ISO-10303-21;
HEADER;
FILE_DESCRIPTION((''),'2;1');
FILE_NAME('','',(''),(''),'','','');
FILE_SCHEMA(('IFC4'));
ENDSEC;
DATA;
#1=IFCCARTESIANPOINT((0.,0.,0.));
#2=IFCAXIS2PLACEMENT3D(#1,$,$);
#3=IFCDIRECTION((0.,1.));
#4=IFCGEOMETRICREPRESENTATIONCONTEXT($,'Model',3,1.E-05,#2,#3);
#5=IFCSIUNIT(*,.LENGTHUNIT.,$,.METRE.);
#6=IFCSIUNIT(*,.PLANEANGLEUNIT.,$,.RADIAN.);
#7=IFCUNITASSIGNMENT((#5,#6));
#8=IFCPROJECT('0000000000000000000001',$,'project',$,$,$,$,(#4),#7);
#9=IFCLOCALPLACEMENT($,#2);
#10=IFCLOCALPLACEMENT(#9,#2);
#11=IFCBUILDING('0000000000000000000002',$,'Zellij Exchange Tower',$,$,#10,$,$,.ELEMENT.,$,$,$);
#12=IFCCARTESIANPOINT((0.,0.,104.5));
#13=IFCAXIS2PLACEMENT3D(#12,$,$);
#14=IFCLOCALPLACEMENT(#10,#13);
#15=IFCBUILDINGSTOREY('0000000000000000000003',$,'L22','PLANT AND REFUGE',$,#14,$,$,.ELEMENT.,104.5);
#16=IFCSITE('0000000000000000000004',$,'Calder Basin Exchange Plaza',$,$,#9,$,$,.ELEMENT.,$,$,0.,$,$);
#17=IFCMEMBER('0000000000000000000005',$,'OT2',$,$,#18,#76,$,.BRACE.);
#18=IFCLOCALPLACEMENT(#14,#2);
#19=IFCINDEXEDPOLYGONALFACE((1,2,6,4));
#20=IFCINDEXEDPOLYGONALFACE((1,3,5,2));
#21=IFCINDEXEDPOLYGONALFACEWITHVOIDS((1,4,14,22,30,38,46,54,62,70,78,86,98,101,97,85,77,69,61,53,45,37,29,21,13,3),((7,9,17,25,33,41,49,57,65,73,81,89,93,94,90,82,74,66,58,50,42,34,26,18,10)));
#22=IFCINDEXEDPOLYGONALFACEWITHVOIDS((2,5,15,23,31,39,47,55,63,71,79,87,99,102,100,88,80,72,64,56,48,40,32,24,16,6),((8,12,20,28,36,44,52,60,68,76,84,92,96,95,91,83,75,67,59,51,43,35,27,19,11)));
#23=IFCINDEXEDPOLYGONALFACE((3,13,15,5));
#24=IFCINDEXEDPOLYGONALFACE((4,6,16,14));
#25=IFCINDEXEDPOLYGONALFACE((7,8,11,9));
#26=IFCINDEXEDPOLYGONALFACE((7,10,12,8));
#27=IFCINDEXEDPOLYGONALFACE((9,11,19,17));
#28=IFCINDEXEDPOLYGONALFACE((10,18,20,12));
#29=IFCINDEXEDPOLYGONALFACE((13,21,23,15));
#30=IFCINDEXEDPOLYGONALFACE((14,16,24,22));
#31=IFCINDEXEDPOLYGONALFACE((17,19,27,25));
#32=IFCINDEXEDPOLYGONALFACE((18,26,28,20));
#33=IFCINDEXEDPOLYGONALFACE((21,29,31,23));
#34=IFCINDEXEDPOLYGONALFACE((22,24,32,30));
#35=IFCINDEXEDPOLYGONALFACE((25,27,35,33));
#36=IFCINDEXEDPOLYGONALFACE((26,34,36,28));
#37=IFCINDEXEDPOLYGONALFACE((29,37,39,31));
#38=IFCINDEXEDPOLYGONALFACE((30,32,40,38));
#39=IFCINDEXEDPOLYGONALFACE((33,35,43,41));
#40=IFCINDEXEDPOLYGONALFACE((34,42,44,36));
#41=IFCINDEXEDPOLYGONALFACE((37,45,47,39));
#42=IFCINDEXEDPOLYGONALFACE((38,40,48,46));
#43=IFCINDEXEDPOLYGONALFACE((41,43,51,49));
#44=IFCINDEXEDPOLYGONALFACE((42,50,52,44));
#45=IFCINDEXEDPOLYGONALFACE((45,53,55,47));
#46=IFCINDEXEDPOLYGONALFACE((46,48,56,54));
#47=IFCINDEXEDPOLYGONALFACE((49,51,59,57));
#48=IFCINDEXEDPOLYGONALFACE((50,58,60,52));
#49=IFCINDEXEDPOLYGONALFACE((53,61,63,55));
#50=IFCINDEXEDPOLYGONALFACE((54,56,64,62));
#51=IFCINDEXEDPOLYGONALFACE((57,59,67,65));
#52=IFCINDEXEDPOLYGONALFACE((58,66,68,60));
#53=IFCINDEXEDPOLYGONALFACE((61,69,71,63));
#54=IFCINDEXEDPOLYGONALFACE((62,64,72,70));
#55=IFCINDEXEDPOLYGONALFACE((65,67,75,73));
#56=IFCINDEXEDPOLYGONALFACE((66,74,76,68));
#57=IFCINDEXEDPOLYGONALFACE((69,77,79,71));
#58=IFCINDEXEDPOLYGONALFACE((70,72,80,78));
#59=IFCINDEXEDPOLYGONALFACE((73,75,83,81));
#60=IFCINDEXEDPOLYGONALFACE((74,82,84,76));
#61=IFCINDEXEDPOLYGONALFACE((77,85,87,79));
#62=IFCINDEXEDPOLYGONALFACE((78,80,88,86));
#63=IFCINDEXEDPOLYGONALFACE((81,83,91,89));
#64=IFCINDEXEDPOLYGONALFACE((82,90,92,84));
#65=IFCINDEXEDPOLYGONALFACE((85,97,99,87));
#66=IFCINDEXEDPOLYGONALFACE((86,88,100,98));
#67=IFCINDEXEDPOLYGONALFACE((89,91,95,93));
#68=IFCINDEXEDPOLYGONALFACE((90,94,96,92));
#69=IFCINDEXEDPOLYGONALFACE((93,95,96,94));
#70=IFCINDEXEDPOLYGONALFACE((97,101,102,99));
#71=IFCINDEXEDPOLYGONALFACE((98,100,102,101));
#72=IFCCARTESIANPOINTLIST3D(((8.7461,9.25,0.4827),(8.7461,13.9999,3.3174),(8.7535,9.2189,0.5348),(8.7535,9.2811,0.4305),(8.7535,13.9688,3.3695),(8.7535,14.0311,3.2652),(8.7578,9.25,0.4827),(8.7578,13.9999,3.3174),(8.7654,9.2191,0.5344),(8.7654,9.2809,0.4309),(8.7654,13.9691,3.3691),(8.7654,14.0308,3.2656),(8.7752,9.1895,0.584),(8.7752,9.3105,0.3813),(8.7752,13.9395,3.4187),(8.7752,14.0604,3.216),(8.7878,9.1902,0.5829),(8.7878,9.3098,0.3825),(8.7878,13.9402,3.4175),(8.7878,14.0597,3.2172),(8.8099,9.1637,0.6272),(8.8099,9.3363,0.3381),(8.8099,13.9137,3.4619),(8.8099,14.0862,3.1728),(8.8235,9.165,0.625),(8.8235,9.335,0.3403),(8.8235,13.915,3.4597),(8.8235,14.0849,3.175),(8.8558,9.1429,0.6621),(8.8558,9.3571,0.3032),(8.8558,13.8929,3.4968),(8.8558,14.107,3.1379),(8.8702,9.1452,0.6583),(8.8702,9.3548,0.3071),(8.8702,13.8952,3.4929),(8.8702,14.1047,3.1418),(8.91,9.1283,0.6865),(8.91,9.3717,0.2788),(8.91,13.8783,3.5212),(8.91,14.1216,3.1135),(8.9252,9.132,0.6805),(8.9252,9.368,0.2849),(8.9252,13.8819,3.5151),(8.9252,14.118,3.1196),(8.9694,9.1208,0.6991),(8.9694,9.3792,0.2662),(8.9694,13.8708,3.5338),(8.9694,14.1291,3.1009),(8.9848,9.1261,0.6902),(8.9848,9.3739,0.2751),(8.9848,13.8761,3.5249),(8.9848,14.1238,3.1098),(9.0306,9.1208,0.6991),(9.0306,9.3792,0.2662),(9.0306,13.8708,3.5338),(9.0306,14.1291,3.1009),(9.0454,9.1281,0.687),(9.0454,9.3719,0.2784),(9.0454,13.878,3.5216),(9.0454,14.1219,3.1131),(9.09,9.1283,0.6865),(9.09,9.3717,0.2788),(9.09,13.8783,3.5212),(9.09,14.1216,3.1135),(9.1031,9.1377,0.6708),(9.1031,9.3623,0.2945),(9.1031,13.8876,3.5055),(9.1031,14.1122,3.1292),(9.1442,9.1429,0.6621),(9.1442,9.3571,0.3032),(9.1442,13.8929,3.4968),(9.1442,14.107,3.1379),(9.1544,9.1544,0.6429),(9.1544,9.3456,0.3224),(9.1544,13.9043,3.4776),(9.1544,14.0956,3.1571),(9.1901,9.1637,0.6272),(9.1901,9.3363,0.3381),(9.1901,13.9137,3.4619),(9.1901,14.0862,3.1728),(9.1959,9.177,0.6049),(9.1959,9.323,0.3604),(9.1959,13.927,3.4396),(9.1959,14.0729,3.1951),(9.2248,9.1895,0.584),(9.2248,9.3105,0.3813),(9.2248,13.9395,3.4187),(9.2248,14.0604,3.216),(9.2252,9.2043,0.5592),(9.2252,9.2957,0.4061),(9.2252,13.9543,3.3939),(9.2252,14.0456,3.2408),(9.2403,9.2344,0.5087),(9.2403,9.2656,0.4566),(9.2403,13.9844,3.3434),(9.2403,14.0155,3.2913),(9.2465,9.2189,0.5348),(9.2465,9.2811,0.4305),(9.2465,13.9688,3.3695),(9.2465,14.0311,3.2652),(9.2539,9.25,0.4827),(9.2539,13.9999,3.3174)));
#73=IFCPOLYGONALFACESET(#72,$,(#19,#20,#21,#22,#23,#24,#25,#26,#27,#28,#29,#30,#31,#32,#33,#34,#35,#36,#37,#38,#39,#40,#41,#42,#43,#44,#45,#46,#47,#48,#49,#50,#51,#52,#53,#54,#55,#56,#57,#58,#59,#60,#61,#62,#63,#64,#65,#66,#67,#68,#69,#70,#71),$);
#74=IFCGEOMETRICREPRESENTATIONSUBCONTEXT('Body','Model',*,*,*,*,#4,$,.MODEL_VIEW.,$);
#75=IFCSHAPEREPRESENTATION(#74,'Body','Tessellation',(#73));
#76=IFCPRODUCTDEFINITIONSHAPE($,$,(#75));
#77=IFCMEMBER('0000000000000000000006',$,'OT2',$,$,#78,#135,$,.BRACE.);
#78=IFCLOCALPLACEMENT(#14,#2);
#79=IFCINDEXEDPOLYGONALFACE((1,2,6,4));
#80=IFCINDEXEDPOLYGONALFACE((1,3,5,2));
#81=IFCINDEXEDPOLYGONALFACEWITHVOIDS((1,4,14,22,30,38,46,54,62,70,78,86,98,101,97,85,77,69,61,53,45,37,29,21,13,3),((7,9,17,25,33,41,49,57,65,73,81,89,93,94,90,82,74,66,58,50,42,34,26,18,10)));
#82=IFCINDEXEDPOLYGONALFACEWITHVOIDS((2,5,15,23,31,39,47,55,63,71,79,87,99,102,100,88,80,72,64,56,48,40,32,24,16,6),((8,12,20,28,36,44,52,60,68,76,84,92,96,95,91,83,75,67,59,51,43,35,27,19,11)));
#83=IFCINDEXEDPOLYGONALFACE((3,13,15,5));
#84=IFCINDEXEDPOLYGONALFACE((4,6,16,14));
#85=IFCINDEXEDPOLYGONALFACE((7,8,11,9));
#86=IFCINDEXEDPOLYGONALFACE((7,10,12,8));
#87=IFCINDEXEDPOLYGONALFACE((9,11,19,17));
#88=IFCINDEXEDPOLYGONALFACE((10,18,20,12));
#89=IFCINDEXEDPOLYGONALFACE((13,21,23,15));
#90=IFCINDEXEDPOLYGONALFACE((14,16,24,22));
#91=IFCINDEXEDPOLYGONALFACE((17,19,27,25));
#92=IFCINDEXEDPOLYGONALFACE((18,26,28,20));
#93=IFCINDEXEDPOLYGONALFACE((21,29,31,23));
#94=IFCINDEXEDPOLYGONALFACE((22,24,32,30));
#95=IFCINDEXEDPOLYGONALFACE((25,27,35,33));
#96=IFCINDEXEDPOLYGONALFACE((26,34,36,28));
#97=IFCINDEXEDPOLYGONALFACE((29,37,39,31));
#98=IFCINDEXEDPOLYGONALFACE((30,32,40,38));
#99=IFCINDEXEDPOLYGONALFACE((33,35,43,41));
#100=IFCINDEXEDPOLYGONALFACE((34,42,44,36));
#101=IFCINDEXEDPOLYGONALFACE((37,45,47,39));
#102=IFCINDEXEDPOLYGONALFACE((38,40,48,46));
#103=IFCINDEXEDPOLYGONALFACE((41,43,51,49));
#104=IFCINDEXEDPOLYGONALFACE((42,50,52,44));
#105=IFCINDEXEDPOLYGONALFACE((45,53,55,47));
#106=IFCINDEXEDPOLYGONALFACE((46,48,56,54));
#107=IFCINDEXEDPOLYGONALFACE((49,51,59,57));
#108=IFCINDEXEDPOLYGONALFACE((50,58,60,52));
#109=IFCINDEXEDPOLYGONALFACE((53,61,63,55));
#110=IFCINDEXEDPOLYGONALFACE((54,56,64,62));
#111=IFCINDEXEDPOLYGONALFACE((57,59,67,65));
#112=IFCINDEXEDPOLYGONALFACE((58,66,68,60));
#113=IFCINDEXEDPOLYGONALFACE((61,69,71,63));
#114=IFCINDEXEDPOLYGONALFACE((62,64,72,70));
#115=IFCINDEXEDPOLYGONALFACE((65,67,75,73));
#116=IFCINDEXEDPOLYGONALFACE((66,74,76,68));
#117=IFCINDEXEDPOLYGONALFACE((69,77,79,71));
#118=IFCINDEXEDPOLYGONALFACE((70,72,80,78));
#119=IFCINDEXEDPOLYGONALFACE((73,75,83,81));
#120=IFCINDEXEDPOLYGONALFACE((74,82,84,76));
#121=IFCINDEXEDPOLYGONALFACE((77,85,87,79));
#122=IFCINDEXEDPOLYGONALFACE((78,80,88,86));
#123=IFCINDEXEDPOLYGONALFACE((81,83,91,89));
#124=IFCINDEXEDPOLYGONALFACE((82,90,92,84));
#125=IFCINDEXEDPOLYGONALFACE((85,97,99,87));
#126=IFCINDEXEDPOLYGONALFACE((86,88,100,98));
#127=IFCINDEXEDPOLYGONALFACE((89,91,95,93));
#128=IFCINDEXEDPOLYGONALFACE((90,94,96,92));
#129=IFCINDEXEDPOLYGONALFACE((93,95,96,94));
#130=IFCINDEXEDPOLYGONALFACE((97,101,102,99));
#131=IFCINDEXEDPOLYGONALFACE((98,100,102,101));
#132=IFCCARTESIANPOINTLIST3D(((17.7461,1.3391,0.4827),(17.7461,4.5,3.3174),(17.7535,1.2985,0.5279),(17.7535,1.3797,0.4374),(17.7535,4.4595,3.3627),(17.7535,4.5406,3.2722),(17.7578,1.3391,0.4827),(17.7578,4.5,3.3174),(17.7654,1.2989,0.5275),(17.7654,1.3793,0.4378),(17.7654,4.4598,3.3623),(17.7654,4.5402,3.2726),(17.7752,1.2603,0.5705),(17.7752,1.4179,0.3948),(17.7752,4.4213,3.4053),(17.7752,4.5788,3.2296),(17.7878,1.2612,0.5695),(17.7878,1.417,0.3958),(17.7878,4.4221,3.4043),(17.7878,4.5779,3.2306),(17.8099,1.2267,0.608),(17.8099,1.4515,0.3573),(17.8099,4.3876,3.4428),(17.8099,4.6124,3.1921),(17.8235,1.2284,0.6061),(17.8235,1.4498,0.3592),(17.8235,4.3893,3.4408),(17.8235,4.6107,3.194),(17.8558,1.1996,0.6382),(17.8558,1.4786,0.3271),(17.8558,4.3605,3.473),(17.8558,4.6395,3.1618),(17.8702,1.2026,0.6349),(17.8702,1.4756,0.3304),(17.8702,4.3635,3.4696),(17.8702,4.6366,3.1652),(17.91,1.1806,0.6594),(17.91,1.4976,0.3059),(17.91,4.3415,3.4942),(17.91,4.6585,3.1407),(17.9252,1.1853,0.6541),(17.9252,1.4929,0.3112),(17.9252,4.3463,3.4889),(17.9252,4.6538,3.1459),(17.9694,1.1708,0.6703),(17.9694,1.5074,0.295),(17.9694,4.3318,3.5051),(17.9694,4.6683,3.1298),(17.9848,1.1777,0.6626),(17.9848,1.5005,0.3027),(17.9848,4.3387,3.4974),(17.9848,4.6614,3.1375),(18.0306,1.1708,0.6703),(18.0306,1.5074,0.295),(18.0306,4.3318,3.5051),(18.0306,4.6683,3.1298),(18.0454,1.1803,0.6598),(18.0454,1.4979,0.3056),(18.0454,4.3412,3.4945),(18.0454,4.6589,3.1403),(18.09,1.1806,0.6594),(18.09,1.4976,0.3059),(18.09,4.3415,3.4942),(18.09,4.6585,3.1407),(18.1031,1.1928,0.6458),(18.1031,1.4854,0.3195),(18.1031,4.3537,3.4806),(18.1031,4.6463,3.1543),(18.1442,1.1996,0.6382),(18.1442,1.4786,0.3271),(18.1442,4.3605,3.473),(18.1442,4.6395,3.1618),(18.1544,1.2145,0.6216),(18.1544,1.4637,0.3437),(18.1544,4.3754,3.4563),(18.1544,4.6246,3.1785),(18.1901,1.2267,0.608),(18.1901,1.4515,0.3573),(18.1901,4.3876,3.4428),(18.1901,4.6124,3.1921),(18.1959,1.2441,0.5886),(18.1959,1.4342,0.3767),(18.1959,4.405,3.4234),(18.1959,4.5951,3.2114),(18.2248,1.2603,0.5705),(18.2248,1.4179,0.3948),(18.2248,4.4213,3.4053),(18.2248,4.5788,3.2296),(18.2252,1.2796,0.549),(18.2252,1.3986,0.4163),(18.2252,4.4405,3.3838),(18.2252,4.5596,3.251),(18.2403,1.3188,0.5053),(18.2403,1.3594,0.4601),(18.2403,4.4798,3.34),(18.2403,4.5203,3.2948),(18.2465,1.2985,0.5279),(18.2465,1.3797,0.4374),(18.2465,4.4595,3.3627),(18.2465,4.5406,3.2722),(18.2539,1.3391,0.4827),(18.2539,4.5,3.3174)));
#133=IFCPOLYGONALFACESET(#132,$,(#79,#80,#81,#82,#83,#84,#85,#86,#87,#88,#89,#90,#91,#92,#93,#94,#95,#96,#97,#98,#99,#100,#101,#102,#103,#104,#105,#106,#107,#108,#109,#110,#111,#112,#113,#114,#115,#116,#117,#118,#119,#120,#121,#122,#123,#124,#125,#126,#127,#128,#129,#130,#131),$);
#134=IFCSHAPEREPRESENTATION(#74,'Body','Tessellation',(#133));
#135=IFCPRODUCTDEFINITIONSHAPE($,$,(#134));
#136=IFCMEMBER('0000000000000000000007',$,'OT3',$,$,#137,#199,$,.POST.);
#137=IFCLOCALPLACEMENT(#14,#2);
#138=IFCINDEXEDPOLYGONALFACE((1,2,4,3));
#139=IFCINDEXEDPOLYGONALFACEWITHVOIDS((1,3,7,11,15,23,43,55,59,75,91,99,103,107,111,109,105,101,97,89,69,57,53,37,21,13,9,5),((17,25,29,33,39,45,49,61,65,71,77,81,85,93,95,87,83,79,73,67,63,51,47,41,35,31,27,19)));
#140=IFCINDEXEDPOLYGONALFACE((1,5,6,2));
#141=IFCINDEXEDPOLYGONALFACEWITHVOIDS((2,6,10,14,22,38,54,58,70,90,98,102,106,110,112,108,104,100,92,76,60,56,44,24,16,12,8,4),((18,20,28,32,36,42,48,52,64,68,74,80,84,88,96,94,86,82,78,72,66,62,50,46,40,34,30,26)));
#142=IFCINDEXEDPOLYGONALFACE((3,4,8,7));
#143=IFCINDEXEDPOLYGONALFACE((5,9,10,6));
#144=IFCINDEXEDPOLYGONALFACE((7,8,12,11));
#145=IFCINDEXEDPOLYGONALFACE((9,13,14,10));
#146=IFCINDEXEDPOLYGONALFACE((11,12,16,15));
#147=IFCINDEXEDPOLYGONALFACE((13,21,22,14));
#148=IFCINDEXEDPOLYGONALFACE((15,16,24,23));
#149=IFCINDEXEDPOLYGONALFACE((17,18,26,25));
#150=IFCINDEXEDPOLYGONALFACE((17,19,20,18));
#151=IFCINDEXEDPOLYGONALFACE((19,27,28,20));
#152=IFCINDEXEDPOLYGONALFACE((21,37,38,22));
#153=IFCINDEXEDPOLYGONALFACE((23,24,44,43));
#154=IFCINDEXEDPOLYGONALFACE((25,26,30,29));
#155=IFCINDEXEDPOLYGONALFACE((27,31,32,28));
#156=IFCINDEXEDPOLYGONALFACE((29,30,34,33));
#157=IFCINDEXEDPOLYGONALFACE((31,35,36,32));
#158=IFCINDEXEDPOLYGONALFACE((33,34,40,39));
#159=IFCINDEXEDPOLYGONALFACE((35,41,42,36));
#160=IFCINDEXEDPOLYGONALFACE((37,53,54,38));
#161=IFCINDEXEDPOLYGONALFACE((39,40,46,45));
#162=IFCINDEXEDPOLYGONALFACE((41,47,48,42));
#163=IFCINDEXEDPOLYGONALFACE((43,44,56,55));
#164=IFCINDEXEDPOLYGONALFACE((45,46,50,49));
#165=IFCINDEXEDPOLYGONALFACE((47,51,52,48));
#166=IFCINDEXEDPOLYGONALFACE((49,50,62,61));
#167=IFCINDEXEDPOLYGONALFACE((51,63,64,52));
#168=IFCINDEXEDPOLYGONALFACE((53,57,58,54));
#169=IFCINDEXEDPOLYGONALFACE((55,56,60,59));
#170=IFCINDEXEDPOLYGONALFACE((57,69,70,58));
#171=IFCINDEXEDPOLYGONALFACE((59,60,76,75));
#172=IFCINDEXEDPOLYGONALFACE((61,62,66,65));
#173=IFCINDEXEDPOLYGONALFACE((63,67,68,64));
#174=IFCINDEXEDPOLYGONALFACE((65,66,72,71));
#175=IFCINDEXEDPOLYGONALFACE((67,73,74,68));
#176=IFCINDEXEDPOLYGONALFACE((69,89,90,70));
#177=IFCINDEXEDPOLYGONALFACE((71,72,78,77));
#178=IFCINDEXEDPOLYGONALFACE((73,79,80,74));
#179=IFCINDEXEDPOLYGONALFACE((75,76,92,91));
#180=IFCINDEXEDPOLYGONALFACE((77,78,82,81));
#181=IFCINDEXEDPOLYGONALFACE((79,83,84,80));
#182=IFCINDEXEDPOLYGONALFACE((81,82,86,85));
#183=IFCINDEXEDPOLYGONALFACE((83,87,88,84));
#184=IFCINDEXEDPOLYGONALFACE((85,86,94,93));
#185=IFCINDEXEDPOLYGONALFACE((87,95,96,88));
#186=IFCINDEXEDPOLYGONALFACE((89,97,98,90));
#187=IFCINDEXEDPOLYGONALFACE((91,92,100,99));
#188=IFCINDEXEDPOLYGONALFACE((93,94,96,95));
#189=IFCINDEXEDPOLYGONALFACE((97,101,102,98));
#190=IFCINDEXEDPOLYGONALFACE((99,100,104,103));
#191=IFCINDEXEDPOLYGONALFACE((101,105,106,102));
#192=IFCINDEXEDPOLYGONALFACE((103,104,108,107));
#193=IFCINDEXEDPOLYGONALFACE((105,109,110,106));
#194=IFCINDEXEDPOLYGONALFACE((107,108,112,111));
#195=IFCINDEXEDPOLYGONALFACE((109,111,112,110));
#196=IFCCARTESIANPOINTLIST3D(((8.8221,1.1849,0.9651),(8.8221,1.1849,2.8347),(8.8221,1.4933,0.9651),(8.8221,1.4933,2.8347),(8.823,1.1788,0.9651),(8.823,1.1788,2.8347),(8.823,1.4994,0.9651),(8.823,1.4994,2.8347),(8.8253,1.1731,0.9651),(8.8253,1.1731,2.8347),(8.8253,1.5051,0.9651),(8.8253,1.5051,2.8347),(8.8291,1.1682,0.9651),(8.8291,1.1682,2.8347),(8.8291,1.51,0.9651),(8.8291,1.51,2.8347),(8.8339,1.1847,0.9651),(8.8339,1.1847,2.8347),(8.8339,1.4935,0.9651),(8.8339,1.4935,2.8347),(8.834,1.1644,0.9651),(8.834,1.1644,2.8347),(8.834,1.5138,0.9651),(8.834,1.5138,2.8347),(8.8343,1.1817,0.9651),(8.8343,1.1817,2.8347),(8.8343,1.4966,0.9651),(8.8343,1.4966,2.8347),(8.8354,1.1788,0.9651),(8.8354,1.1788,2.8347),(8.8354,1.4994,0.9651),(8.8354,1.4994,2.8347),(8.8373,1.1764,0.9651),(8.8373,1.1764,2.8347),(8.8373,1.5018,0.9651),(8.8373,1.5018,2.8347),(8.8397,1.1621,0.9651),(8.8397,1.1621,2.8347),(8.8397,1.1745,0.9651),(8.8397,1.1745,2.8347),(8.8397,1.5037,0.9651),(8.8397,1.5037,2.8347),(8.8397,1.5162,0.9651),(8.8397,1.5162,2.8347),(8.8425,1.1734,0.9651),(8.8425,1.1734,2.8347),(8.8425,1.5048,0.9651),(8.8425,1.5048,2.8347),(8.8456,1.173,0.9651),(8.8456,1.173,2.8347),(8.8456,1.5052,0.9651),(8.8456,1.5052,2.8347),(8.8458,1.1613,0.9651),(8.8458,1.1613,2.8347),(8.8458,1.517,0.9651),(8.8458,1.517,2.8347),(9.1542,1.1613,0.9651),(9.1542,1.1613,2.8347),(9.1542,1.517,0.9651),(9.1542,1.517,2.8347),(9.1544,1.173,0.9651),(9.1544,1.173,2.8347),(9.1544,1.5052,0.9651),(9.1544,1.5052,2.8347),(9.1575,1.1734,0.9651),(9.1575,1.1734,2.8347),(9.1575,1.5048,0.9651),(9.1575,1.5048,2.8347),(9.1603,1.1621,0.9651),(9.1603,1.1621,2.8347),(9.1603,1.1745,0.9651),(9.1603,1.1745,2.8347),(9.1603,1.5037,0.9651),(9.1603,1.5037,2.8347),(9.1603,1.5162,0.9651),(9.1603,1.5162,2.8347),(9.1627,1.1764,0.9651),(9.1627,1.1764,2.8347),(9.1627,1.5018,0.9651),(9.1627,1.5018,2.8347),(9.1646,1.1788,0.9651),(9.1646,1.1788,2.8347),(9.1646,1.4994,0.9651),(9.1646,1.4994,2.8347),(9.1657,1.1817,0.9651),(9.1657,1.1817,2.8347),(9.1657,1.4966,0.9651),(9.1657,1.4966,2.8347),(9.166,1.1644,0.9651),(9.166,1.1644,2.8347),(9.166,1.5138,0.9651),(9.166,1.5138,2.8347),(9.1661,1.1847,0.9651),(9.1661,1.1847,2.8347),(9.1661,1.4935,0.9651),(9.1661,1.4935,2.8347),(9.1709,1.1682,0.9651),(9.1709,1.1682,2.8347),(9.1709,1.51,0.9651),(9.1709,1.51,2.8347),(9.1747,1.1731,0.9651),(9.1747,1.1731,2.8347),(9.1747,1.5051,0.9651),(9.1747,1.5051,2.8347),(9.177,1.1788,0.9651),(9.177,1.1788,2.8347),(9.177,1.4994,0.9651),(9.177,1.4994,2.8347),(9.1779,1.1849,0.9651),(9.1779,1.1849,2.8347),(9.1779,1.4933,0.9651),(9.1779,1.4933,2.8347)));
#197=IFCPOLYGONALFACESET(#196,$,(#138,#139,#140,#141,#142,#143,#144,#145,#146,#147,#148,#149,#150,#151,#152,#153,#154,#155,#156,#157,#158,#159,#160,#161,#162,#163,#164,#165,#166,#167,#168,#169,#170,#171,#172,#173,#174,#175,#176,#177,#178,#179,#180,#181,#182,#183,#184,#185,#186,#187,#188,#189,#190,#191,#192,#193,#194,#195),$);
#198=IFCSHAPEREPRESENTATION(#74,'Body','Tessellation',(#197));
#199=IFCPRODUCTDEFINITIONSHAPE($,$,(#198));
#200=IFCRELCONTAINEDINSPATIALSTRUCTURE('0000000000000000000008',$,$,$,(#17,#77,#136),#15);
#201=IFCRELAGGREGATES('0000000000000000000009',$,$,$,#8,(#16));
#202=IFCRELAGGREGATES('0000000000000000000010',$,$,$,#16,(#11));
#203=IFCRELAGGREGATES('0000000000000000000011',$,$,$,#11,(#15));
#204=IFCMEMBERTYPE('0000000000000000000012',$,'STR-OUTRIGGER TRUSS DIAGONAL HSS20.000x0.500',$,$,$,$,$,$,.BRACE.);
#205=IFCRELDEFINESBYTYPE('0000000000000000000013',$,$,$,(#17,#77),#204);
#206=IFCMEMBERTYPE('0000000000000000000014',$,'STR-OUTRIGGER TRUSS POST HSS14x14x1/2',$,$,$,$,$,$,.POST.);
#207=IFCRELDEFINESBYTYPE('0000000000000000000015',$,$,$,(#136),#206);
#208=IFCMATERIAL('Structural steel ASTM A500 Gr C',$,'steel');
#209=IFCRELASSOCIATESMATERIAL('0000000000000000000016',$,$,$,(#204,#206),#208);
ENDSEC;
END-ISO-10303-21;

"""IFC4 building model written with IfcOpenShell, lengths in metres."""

from ifc_helpers import new_model, si_unit, direction, frame, origin, origin_2d, place, context, subcontext, project, spatial, hollow_rectangle, hollow_circle, extrude, material, material_profile, profile_set, type_object, element, save


model = new_model("IFC4")

# Units and contexts
model_context = context("Model", 3, precision=1e-05, world=origin(), true_north=direction((0.0, 1.0)))
body_context = subcontext(model_context, "Body", "Model", "MODEL_VIEW")
ifc_project = project(units=[si_unit("LENGTHUNIT", "METRE"), si_unit("PLANEANGLEUNIT", "RADIAN")], contexts=[model_context])

# Site, building, storey
site_placement = place(None, origin())
site = spatial("IfcSite", under=ifc_project, at=site_placement, Name="Calder Basin Exchange Plaza", CompositionType="ELEMENT", RefElevation=0.0)
building_placement = place(site_placement, origin())
building = spatial("IfcBuilding", under=site, at=building_placement, Name="Zellij Exchange Tower", CompositionType="ELEMENT")
storey_placement = place(building_placement, frame((0.0, 0.0, 104.5)))
storey = spatial("IfcBuildingStorey", under=building, at=storey_placement, Name="L22", Description="PLANT AND REFUGE", CompositionType="ELEMENT", Elevation=104.5)

# Members
ifc_material_1 = material(Name="Structural steel ASTM A500 Gr C", Category="steel")
ifc_material_profile_1 = material_profile(ifc_material_1, hollow_circle(Radius=0.2539, WallThickness=0.0117, at=origin_2d()), Name="STR-OUTRIGGER TRUSS DIAGONAL HSS20.000x0.500")
ifc_profile_set_1 = profile_set([ifc_material_profile_1], Name="Structural steel ASTM A500 Gr C")
member_type_1 = type_object("IfcMemberType", Name="STR-OUTRIGGER TRUSS DIAGONAL HSS20.000x0.500", PredefinedType="BRACE", material=ifc_profile_set_1)
for number, where, z_axis, x_axis, name in (
    (1, (9.0, 9.25, 0.4827), (0.0, 0.858709, 0.512463), (-1.0, 0.0, 0.0), "OT2"),
):
    element("IfcMember", number, at=place(storey_placement, frame(where, z_axis=z_axis, x_axis=x_axis)), inside=storey, type_object=member_type_1, Name=name, PredefinedType="BRACE", context=body_context, shape_type="SweptSolid", body=[
        extrude(hollow_circle(Radius=0.2539, WallThickness=0.0117, at=origin_2d()), origin(), (0.0, 0.0, 1.0), 5.5315),
    ])
member_1_placement = place(storey_placement, frame((18.0, 1.3391, 0.4827), z_axis=(0.0, 0.744474, 0.667652), x_axis=(-1.0, 0.0, 0.0)))
element("IfcMember", 2, at=member_1_placement, inside=storey, type_object=member_type_1, Name="OT2", PredefinedType="BRACE", context=body_context, shape_type="SweptSolid", body=[
    extrude(hollow_circle(Radius=0.2539, WallThickness=0.0117, at=origin_2d()), origin(), (0.0, 0.0, 1.0), 4.2458),
])
ifc_material_profile_2 = material_profile(ifc_material_1, hollow_rectangle(XDim=0.3557, YDim=0.3557, WallThickness=0.0117, InnerFilletRadius=0.0117, OuterFilletRadius=0.0237, at=origin_2d()), Name="STR-OUTRIGGER TRUSS POST HSS14x14x1/2")
ifc_profile_set_2 = profile_set([ifc_material_profile_2], Name="Structural steel ASTM A500 Gr C")
member_type_2 = type_object("IfcMemberType", Name="STR-OUTRIGGER TRUSS POST HSS14x14x1/2", PredefinedType="POST", material=ifc_profile_set_2)
for number, where, z_axis, x_axis, name in (
    (3, (9.0, 1.3391, 0.9651), (0.0, 0.0, 1.0), (1.0, 0.0, 0.0), "OT3"),
):
    element("IfcMember", number, at=place(storey_placement, frame(where, z_axis=z_axis, x_axis=x_axis)), inside=storey, type_object=member_type_2, Name=name, PredefinedType="POST", context=body_context, shape_type="SweptSolid", body=[
        extrude(hollow_rectangle(XDim=0.3557, YDim=0.3557, WallThickness=0.0117, InnerFilletRadius=0.0117, OuterFilletRadius=0.0237, at=origin_2d()), origin(), (0.0, 0.0, 1.0), 1.8696),
    ])

save(model, "model.ifc")
